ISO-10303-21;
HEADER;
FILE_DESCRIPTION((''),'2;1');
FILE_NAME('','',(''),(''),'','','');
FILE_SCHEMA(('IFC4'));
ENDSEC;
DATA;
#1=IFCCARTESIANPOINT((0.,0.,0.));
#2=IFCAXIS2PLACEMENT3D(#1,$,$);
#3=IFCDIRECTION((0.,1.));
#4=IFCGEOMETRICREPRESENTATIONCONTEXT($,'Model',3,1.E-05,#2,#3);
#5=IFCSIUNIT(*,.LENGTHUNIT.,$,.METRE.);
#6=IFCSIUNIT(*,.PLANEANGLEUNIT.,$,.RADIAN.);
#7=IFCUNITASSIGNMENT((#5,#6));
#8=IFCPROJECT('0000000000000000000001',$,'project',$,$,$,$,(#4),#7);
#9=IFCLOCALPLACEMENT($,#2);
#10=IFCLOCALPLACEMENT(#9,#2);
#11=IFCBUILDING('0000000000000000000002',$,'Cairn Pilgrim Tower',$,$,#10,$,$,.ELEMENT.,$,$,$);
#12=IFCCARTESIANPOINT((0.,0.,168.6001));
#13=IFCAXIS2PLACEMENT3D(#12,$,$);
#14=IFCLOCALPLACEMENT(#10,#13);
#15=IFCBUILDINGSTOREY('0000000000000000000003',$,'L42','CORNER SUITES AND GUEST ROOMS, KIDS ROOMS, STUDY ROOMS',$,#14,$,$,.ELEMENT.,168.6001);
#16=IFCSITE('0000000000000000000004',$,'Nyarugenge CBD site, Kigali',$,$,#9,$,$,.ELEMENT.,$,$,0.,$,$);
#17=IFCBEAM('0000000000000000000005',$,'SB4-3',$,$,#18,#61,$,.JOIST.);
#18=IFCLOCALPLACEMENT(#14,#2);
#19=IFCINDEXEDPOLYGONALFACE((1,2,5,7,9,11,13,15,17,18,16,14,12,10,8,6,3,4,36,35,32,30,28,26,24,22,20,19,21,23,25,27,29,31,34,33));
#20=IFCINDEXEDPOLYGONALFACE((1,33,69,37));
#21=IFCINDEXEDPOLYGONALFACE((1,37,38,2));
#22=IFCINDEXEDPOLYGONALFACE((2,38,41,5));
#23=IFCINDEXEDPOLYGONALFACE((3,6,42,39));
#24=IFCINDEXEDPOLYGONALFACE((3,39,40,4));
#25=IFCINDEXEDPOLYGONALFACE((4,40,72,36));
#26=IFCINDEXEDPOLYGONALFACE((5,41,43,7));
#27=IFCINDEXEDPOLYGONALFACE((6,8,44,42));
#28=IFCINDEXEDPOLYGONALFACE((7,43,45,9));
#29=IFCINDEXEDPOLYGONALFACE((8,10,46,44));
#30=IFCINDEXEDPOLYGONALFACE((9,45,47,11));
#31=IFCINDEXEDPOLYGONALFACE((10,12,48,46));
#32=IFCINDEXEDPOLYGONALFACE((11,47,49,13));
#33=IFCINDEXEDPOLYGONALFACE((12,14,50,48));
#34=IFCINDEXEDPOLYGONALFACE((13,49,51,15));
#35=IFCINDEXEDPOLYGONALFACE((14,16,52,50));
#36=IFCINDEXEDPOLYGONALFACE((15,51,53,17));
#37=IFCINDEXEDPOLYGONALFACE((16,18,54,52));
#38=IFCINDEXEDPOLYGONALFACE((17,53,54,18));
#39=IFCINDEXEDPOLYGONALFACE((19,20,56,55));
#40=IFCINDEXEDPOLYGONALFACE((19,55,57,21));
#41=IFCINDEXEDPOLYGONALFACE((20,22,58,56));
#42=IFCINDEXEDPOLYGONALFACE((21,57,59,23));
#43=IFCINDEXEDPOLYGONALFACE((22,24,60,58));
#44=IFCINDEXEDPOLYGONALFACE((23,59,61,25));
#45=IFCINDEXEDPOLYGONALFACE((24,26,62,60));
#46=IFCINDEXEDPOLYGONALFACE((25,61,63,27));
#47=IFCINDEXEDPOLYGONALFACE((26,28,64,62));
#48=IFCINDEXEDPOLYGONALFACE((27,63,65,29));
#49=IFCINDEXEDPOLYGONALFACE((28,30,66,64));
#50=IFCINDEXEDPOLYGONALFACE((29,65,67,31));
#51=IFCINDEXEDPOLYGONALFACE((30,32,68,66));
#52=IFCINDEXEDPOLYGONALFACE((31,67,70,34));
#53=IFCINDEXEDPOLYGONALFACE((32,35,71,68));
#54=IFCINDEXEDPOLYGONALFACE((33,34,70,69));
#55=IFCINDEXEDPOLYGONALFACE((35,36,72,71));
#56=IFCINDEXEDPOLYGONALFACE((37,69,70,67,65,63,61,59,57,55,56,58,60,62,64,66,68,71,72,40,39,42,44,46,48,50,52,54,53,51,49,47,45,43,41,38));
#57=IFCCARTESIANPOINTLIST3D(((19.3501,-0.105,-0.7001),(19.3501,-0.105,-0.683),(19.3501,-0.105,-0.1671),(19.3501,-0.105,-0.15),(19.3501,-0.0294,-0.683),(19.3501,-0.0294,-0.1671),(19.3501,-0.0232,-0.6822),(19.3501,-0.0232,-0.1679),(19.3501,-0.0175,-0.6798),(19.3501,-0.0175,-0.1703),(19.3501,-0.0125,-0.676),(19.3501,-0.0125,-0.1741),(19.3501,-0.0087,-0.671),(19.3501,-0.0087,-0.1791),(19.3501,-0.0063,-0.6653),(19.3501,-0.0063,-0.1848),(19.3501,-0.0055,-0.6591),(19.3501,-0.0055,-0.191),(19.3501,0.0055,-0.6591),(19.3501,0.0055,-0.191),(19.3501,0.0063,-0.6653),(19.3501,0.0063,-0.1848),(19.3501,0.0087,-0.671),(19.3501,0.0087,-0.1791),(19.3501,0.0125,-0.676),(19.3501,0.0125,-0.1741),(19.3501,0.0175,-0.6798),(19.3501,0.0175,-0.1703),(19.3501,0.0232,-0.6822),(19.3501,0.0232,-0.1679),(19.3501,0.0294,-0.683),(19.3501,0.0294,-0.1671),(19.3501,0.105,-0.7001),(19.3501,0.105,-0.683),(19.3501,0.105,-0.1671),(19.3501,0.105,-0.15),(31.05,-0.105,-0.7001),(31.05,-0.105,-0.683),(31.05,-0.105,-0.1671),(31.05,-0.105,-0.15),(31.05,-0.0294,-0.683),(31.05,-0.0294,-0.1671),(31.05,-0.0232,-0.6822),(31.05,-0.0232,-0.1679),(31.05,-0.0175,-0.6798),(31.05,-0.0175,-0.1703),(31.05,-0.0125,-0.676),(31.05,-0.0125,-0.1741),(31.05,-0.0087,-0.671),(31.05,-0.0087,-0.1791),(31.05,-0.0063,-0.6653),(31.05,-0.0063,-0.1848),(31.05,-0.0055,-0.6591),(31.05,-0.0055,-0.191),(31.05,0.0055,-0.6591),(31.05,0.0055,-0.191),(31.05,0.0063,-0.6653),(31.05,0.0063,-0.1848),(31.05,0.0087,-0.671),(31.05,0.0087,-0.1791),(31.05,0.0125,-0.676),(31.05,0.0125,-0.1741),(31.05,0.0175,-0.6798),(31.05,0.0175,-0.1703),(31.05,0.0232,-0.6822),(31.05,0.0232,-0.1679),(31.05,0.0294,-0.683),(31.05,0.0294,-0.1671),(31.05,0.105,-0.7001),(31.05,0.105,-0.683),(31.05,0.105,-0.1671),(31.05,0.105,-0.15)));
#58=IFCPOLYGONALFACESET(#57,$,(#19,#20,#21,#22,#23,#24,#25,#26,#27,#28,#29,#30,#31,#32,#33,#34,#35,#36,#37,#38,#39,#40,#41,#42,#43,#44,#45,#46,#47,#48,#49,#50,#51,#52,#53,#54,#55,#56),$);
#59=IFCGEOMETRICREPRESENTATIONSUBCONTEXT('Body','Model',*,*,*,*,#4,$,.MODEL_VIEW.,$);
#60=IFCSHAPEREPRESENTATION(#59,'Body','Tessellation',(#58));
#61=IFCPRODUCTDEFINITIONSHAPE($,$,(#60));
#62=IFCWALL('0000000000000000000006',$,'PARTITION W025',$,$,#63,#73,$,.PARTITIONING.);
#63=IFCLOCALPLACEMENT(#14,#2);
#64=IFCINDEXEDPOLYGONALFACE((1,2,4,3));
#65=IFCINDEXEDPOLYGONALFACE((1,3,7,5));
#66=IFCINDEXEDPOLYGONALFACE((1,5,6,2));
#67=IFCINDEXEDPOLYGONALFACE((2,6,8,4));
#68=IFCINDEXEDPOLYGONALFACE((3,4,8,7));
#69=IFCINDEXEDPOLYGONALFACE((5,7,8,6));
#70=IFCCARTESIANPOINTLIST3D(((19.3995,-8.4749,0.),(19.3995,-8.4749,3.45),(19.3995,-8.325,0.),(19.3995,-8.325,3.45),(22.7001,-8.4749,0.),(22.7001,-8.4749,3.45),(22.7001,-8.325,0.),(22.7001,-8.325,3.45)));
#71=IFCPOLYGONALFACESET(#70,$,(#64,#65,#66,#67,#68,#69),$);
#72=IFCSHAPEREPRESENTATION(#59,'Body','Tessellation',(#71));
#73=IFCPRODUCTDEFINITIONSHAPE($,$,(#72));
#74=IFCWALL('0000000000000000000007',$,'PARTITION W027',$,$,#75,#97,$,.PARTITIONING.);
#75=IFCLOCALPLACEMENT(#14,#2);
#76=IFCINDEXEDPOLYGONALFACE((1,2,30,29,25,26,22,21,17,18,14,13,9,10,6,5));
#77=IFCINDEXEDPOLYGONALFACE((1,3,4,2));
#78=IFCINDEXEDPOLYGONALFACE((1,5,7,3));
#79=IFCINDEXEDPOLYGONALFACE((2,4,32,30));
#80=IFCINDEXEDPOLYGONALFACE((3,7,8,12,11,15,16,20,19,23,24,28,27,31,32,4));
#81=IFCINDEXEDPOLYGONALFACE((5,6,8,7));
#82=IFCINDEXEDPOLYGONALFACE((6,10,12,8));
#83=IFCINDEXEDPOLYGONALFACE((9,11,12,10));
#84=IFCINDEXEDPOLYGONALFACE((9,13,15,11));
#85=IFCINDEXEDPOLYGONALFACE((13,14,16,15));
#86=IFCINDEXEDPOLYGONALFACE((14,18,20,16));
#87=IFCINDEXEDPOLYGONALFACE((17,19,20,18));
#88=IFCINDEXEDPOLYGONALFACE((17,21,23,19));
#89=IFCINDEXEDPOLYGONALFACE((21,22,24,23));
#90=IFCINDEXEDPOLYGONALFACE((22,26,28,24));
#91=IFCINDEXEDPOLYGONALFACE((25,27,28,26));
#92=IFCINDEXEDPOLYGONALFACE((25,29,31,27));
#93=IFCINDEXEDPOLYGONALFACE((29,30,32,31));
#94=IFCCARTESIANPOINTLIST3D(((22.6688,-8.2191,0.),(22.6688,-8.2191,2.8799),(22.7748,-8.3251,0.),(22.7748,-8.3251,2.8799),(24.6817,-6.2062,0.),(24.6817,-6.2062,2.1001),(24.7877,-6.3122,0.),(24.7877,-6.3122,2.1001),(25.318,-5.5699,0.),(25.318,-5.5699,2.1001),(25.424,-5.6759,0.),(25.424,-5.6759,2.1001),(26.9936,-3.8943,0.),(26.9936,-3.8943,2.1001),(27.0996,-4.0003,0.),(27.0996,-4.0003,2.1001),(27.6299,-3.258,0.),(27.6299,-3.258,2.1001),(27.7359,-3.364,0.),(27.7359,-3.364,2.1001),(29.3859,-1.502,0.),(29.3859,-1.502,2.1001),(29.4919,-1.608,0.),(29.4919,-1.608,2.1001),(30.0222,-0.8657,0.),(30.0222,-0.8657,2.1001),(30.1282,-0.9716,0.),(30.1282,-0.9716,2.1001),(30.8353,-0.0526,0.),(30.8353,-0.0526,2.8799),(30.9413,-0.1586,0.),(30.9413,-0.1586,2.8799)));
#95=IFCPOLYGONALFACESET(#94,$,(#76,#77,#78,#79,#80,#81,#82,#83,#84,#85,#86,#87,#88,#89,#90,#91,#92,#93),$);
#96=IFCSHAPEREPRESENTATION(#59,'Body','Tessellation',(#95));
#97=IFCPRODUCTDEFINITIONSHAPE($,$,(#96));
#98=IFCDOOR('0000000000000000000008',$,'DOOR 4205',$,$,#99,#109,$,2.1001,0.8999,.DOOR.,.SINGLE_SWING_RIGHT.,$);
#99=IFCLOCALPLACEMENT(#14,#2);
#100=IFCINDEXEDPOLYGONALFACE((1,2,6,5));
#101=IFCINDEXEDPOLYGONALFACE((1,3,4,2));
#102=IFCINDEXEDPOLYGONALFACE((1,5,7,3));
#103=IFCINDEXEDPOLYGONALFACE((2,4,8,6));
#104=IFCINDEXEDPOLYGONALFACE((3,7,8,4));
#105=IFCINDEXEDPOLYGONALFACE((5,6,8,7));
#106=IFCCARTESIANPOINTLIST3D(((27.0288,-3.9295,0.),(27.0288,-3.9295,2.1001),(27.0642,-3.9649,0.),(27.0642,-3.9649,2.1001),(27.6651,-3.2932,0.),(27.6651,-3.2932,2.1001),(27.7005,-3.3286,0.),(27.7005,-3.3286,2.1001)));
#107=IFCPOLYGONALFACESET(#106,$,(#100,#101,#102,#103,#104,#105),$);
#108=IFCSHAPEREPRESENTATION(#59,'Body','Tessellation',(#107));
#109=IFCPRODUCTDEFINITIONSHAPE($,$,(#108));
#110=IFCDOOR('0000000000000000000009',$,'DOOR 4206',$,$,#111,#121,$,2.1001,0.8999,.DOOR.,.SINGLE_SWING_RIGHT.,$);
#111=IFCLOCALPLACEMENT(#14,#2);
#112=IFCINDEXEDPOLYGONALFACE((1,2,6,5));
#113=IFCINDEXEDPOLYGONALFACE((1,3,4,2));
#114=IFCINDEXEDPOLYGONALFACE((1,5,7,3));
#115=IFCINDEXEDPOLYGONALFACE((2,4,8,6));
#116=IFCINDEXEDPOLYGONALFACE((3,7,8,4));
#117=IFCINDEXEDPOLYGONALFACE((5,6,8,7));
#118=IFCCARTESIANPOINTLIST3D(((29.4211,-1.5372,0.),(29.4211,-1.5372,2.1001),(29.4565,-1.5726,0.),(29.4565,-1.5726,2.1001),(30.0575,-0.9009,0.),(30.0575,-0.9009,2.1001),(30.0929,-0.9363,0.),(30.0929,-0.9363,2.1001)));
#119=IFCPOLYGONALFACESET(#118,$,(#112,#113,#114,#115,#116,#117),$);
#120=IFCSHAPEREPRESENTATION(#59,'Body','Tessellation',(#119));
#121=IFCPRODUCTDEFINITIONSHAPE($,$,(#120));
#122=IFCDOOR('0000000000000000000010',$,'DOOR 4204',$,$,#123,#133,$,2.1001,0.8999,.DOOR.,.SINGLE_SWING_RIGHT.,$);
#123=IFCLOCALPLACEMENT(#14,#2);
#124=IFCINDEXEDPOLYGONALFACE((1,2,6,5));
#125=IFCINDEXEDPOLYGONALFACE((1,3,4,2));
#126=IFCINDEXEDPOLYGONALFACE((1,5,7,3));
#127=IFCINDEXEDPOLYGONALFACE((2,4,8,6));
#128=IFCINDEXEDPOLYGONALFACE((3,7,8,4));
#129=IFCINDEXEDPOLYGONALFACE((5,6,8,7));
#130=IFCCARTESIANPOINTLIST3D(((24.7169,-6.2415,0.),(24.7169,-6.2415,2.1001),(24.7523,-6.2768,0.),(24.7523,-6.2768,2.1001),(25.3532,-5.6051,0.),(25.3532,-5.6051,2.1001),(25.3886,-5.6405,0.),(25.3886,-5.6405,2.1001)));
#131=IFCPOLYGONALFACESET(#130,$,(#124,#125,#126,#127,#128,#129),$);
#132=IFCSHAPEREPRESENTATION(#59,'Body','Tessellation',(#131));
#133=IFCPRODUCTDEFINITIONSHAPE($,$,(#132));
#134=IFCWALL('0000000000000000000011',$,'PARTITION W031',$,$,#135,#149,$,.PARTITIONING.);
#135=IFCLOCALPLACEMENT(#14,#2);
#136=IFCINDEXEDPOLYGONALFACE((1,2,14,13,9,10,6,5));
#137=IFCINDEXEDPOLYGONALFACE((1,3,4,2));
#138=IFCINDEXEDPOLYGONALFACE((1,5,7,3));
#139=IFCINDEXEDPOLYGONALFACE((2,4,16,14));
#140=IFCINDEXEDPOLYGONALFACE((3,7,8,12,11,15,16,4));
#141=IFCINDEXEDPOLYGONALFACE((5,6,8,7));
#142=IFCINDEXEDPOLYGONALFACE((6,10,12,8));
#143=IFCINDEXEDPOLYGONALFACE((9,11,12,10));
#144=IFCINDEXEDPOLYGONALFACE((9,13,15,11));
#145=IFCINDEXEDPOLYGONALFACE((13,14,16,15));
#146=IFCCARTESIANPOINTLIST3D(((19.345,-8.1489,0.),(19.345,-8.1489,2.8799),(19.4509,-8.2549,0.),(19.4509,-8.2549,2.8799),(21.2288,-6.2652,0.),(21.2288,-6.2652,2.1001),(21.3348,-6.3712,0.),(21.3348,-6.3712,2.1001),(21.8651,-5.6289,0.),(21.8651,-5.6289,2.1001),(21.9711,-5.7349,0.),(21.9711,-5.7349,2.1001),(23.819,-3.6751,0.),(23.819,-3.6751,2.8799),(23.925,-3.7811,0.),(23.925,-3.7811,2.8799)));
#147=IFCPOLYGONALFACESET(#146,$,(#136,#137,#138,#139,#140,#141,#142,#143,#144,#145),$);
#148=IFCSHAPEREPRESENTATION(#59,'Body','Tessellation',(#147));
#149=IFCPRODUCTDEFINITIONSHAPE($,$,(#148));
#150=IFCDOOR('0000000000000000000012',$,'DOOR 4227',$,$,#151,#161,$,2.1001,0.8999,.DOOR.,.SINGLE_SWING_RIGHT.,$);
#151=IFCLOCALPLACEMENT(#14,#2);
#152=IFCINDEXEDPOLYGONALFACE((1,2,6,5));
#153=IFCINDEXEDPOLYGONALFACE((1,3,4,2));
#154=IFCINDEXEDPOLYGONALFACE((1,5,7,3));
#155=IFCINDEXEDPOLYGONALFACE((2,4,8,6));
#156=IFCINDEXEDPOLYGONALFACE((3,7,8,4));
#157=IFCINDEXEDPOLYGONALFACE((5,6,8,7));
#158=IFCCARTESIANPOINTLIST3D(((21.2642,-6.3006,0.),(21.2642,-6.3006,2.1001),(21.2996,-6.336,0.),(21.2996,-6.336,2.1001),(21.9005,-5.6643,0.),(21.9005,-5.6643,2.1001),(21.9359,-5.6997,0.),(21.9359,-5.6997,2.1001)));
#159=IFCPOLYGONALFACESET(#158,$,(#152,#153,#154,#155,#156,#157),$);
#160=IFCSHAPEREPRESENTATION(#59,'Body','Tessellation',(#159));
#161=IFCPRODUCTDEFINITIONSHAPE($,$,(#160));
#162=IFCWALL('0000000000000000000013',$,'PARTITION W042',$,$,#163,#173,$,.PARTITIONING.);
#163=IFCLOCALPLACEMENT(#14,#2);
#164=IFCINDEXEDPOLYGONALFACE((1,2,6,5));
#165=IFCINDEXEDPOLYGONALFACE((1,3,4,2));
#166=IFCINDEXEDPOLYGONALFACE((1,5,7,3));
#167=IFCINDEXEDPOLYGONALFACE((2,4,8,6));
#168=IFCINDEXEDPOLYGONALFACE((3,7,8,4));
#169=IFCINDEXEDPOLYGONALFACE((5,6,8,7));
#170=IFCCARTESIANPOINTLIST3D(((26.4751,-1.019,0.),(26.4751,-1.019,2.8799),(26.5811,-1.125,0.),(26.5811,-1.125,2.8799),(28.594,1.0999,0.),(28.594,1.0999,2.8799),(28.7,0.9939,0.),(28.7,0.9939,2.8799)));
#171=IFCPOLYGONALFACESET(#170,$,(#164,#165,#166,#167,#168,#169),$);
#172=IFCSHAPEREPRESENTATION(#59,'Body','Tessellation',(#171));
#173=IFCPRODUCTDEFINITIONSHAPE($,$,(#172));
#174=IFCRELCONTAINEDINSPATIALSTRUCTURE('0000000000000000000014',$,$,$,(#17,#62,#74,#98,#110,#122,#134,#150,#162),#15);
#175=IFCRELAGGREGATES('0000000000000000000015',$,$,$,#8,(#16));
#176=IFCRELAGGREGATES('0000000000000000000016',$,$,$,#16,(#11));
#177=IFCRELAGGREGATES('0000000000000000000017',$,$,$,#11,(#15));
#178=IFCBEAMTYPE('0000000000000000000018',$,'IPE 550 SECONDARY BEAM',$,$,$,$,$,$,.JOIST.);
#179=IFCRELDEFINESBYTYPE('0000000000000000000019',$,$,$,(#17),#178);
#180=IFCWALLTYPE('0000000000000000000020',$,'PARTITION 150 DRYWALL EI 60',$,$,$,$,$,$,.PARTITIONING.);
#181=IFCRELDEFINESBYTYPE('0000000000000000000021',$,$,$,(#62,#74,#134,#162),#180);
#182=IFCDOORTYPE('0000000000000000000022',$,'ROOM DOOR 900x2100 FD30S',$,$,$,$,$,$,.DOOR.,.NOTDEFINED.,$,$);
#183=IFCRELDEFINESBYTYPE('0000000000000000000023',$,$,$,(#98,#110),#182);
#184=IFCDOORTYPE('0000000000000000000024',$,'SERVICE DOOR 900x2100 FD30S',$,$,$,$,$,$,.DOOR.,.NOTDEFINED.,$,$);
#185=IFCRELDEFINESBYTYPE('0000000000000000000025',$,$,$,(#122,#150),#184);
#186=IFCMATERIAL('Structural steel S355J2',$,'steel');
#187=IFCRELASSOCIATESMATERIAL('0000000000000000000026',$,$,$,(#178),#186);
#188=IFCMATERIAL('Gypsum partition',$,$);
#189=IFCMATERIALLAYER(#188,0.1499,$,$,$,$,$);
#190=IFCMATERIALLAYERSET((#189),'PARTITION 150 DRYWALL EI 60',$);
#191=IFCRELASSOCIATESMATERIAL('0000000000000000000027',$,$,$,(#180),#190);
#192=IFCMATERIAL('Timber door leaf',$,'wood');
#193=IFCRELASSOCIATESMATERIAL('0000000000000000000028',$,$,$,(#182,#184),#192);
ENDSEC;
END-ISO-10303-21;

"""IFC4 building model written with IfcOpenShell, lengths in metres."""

from ifc_helpers import new_model, si_unit, direction, frame, frame_2d, origin, origin_2d, place, context, subcontext, project, spatial, rectangle, i_section, extrude, material, layer, layer_set, material_profile, profile_set, type_object, element, fill, save


model = new_model("IFC4")

# Units and contexts
model_context = context("Model", 3, precision=1e-05, world=origin(), true_north=direction((0.0, 1.0)))
body_context = subcontext(model_context, "Body", "Model", "MODEL_VIEW")
ifc_project = project(units=[si_unit("LENGTHUNIT", "METRE"), si_unit("PLANEANGLEUNIT", "RADIAN")], contexts=[model_context])

# Site, building, storey
site_placement = place(None, origin())
site = spatial("IfcSite", under=ifc_project, at=site_placement, Name="Nyarugenge CBD site, Kigali", CompositionType="ELEMENT", RefElevation=0.0)
building_placement = place(site_placement, origin())
building = spatial("IfcBuilding", under=site, at=building_placement, Name="Cairn Pilgrim Tower", CompositionType="ELEMENT")
storey_placement = place(building_placement, frame((0.0, 0.0, 168.6001)))
storey = spatial("IfcBuildingStorey", under=building, at=storey_placement, Name="L42", Description="CORNER SUITES AND GUEST ROOMS, KIDS ROOMS, STUDY ROOMS", CompositionType="ELEMENT", Elevation=168.6001)

# Beam
ifc_material_1 = material(Name="Structural steel S355J2", Category="steel")
ifc_material_profile_1 = material_profile(ifc_material_1, i_section(OverallWidth=0.21, OverallDepth=0.55, WebThickness=0.011, FlangeThickness=0.0171, FilletRadius=0.0239, at=origin_2d()), Name="IPE 550")
ifc_profile_set_1 = profile_set([ifc_material_profile_1], Name="Structural steel S355J2")
beam_type_1 = type_object("IfcBeamType", Name="IPE 550 SECONDARY BEAM", PredefinedType="JOIST", material=ifc_profile_set_1)
for number, where, z_axis, x_axis, name in (
    (1, (19.3501, 0.0, -0.425), (1.0, 0.0, 0.0), (0.0, 1.0, 0.0), "SB4-3"),
):
    element("IfcBeam", number, at=place(storey_placement, frame(where, z_axis=z_axis, x_axis=x_axis)), inside=storey, type_object=beam_type_1, Name=name, PredefinedType="JOIST", context=body_context, shape_type="SweptSolid", body=[
        extrude(i_section(OverallWidth=0.21, OverallDepth=0.55, WebThickness=0.011, FlangeThickness=0.0171, FilletRadius=0.0239, at=origin_2d()), origin(), (0.0, 0.0, 1.0), 11.7),
    ])

# Wall
ifc_material_2 = material(Name="Gypsum partition")
ifc_layer_1 = layer(ifc_material_2, 0.1499)
ifc_layer_set_1 = layer_set([ifc_layer_1], Name="PARTITION 150 DRYWALL EI 60")
wall_type_1 = type_object("IfcWallType", Name="PARTITION 150 DRYWALL EI 60", PredefinedType="PARTITIONING", material=ifc_layer_set_1)
wall_1_placement = place(storey_placement, frame((19.3994, -8.3999, 0.0), z_axis=(0.0, 0.0, 1.0), x_axis=(1.0, 0.0, 0.0)))
element("IfcWall", 2, at=wall_1_placement, inside=storey, type_object=wall_type_1, Name="PARTITION W025", PredefinedType="PARTITIONING", context=body_context, shape_type="SweptSolid", body=[
    extrude(rectangle(XDim=3.3005, YDim=0.1499, at=frame_2d((1.6504, 0.0))), origin(), (0.0, 0.0, 1.0), 3.45),
])

# Wall, openings, doors
wall_2_placement = place(storey_placement, frame((22.7219, -8.272, 0.0), z_axis=(0.0, 0.0, 1.0), x_axis=(0.707107, 0.707107, 0.0)))
wall_2 = element("IfcWall", 3, at=wall_2_placement, inside=storey, type_object=wall_type_1, Name="PARTITION W027", PredefinedType="PARTITIONING", context=body_context, shape_type="SweptSolid", body=[
    extrude(rectangle(XDim=11.5491, YDim=0.1499, at=frame_2d((5.7744, 0.0))), origin(), (0.0, 0.0, 1.0), 2.8799),
])
opening_1_placement = place(wall_2_placement, frame((2.8464, 0.0, 0.0)))
opening_1 = element("IfcOpeningElement", 4, at=opening_1_placement, cuts=wall_2, PredefinedType="OPENING", context=body_context, shape_type="SweptSolid", body=[
    extrude(rectangle(XDim=0.8999, YDim=2.1001, at=frame_2d((0.45, 1.05))), frame((0.0, 0.085, 0.0), z_axis=(0.0, -1.0, 0.0), x_axis=(1.0, 0.0, 0.0)), (0.0, 0.0, 1.0), 0.1699),
])
opening_2_placement = place(wall_2_placement, frame((6.116, 0.0, 0.0)))
opening_2 = element("IfcOpeningElement", 5, at=opening_2_placement, cuts=wall_2, PredefinedType="OPENING", context=body_context, shape_type="SweptSolid", body=[
    extrude(rectangle(XDim=0.8999, YDim=2.1001, at=frame_2d((0.45, 1.05))), frame((0.0, 0.085, 0.0), z_axis=(0.0, -1.0, 0.0), x_axis=(1.0, 0.0, 0.0)), (0.0, 0.0, 1.0), 0.1699),
])
opening_3_placement = place(wall_2_placement, frame((9.4993, 0.0, 0.0)))
opening_3 = element("IfcOpeningElement", 6, at=opening_3_placement, cuts=wall_2, PredefinedType="OPENING", context=body_context, shape_type="SweptSolid", body=[
    extrude(rectangle(XDim=0.8999, YDim=2.1001, at=frame_2d((0.45, 1.05))), frame((0.0, 0.085, 0.0), z_axis=(0.0, -1.0, 0.0), x_axis=(1.0, 0.0, 0.0)), (0.0, 0.0, 1.0), 0.1699),
])
ifc_material_3 = material(Name="Timber door leaf", Category="wood")
door_type_1 = type_object("IfcDoorType", Name="ROOM DOOR 900x2100 FD30S", OperationType="NOTDEFINED", PredefinedType="DOOR", material=ifc_material_3)
door_1_placement = place(opening_2_placement, frame((0.8999, 0.0, 0.0), z_axis=(0.0, 0.0, 1.0), x_axis=(-1.0, 0.0, 0.0)))
door_1 = element("IfcDoor", 7, at=door_1_placement, inside=storey, type_object=door_type_1, Name="DOOR 4205", OperationType="SINGLE_SWING_RIGHT", OverallHeight=2.1001, OverallWidth=0.8999, PredefinedType="DOOR", context=body_context, shape_type="SweptSolid", body=[
    extrude(rectangle(XDim=0.8999, YDim=2.1001, at=frame_2d((0.45, 1.05))), frame((0.0, 0.0249, 0.0), z_axis=(0.0, -1.0, 0.0), x_axis=(1.0, 0.0, 0.0)), (0.0, 0.0, 1.0), 0.05),
])
fill(opening_2, door_1)
door_2_placement = place(opening_3_placement, frame((0.8999, 0.0, 0.0), z_axis=(0.0, 0.0, 1.0), x_axis=(-1.0, 0.0, 0.0)))
door_2 = element("IfcDoor", 8, at=door_2_placement, inside=storey, type_object=door_type_1, Name="DOOR 4206", OperationType="SINGLE_SWING_RIGHT", OverallHeight=2.1001, OverallWidth=0.8999, PredefinedType="DOOR", context=body_context, shape_type="SweptSolid", body=[
    extrude(rectangle(XDim=0.8999, YDim=2.1001, at=frame_2d((0.45, 1.05))), frame((0.0, 0.0249, 0.0), z_axis=(0.0, -1.0, 0.0), x_axis=(1.0, 0.0, 0.0)), (0.0, 0.0, 1.0), 0.05),
])
fill(opening_3, door_2)
door_type_2 = type_object("IfcDoorType", Name="SERVICE DOOR 900x2100 FD30S", OperationType="NOTDEFINED", PredefinedType="DOOR", material=ifc_material_3)
door_3_placement = place(opening_1_placement, frame((0.8999, 0.0, 0.0), z_axis=(0.0, 0.0, 1.0), x_axis=(-1.0, 0.0, 0.0)))
door_3 = element("IfcDoor", 9, at=door_3_placement, inside=storey, type_object=door_type_2, Name="DOOR 4204", OperationType="SINGLE_SWING_RIGHT", OverallHeight=2.1001, OverallWidth=0.8999, PredefinedType="DOOR", context=body_context, shape_type="SweptSolid", body=[
    extrude(rectangle(XDim=0.8999, YDim=2.1001, at=frame_2d((0.45, 1.05))), frame((0.0, 0.0249, 0.0), z_axis=(0.0, -1.0, 0.0), x_axis=(1.0, 0.0, 0.0)), (0.0, 0.0, 1.0), 0.05),
])
fill(opening_1, door_3)

# Wall, opening, door
wall_3_placement = place(storey_placement, frame((19.3979, -8.2019, 0.0), z_axis=(0.0, 0.0, 1.0), x_axis=(0.707126, 0.707087, 0.0)))
wall_3 = element("IfcWall", 10, at=wall_3_placement, inside=storey, type_object=wall_type_1, Name="PARTITION W031", PredefinedType="PARTITIONING", context=body_context, shape_type="SweptSolid", body=[
    extrude(rectangle(XDim=6.3271, YDim=0.1499, at=frame_2d((3.1636, 0.0))), origin(), (0.0, 0.0, 1.0), 2.8799),
])
opening_4_placement = place(wall_3_placement, frame((2.6641, 0.0, 0.0)))
opening_4 = element("IfcOpeningElement", 11, at=opening_4_placement, cuts=wall_3, PredefinedType="OPENING", context=body_context, shape_type="SweptSolid", body=[
    extrude(rectangle(XDim=0.8999, YDim=2.1001, at=frame_2d((0.45, 1.05))), frame((0.0, 0.085, 0.0), z_axis=(0.0, -1.0, 0.0), x_axis=(1.0, 0.0, 0.0)), (0.0, 0.0, 1.0), 0.1699),
])
door_4_placement = place(opening_4_placement, origin())
door_4 = element("IfcDoor", 12, at=door_4_placement, inside=storey, type_object=door_type_2, Name="DOOR 4227", OperationType="SINGLE_SWING_RIGHT", OverallHeight=2.1001, OverallWidth=0.8999, PredefinedType="DOOR", context=body_context, shape_type="SweptSolid", body=[
    extrude(rectangle(XDim=0.8999, YDim=2.1001, at=frame_2d((0.45, 1.05))), frame((0.0, 0.0249, 0.0), z_axis=(0.0, -1.0, 0.0), x_axis=(1.0, 0.0, 0.0)), (0.0, 0.0, 1.0), 0.05),
])
fill(opening_4, door_4)

# Wall
wall_4_placement = place(storey_placement, frame((26.5281, -1.072, 0.0), z_axis=(0.0, 0.0, 1.0), x_axis=(0.707107, 0.707107, 0.0)))
element("IfcWall", 13, at=wall_4_placement, inside=storey, type_object=wall_type_1, Name="PARTITION W042", PredefinedType="PARTITIONING", context=body_context, shape_type="SweptSolid", body=[
    extrude(rectangle(XDim=2.9966, YDim=0.1499, at=frame_2d((1.4983, 0.0))), origin(), (0.0, 0.0, 1.0), 2.8799),
])

save(model, "model.ifc")
